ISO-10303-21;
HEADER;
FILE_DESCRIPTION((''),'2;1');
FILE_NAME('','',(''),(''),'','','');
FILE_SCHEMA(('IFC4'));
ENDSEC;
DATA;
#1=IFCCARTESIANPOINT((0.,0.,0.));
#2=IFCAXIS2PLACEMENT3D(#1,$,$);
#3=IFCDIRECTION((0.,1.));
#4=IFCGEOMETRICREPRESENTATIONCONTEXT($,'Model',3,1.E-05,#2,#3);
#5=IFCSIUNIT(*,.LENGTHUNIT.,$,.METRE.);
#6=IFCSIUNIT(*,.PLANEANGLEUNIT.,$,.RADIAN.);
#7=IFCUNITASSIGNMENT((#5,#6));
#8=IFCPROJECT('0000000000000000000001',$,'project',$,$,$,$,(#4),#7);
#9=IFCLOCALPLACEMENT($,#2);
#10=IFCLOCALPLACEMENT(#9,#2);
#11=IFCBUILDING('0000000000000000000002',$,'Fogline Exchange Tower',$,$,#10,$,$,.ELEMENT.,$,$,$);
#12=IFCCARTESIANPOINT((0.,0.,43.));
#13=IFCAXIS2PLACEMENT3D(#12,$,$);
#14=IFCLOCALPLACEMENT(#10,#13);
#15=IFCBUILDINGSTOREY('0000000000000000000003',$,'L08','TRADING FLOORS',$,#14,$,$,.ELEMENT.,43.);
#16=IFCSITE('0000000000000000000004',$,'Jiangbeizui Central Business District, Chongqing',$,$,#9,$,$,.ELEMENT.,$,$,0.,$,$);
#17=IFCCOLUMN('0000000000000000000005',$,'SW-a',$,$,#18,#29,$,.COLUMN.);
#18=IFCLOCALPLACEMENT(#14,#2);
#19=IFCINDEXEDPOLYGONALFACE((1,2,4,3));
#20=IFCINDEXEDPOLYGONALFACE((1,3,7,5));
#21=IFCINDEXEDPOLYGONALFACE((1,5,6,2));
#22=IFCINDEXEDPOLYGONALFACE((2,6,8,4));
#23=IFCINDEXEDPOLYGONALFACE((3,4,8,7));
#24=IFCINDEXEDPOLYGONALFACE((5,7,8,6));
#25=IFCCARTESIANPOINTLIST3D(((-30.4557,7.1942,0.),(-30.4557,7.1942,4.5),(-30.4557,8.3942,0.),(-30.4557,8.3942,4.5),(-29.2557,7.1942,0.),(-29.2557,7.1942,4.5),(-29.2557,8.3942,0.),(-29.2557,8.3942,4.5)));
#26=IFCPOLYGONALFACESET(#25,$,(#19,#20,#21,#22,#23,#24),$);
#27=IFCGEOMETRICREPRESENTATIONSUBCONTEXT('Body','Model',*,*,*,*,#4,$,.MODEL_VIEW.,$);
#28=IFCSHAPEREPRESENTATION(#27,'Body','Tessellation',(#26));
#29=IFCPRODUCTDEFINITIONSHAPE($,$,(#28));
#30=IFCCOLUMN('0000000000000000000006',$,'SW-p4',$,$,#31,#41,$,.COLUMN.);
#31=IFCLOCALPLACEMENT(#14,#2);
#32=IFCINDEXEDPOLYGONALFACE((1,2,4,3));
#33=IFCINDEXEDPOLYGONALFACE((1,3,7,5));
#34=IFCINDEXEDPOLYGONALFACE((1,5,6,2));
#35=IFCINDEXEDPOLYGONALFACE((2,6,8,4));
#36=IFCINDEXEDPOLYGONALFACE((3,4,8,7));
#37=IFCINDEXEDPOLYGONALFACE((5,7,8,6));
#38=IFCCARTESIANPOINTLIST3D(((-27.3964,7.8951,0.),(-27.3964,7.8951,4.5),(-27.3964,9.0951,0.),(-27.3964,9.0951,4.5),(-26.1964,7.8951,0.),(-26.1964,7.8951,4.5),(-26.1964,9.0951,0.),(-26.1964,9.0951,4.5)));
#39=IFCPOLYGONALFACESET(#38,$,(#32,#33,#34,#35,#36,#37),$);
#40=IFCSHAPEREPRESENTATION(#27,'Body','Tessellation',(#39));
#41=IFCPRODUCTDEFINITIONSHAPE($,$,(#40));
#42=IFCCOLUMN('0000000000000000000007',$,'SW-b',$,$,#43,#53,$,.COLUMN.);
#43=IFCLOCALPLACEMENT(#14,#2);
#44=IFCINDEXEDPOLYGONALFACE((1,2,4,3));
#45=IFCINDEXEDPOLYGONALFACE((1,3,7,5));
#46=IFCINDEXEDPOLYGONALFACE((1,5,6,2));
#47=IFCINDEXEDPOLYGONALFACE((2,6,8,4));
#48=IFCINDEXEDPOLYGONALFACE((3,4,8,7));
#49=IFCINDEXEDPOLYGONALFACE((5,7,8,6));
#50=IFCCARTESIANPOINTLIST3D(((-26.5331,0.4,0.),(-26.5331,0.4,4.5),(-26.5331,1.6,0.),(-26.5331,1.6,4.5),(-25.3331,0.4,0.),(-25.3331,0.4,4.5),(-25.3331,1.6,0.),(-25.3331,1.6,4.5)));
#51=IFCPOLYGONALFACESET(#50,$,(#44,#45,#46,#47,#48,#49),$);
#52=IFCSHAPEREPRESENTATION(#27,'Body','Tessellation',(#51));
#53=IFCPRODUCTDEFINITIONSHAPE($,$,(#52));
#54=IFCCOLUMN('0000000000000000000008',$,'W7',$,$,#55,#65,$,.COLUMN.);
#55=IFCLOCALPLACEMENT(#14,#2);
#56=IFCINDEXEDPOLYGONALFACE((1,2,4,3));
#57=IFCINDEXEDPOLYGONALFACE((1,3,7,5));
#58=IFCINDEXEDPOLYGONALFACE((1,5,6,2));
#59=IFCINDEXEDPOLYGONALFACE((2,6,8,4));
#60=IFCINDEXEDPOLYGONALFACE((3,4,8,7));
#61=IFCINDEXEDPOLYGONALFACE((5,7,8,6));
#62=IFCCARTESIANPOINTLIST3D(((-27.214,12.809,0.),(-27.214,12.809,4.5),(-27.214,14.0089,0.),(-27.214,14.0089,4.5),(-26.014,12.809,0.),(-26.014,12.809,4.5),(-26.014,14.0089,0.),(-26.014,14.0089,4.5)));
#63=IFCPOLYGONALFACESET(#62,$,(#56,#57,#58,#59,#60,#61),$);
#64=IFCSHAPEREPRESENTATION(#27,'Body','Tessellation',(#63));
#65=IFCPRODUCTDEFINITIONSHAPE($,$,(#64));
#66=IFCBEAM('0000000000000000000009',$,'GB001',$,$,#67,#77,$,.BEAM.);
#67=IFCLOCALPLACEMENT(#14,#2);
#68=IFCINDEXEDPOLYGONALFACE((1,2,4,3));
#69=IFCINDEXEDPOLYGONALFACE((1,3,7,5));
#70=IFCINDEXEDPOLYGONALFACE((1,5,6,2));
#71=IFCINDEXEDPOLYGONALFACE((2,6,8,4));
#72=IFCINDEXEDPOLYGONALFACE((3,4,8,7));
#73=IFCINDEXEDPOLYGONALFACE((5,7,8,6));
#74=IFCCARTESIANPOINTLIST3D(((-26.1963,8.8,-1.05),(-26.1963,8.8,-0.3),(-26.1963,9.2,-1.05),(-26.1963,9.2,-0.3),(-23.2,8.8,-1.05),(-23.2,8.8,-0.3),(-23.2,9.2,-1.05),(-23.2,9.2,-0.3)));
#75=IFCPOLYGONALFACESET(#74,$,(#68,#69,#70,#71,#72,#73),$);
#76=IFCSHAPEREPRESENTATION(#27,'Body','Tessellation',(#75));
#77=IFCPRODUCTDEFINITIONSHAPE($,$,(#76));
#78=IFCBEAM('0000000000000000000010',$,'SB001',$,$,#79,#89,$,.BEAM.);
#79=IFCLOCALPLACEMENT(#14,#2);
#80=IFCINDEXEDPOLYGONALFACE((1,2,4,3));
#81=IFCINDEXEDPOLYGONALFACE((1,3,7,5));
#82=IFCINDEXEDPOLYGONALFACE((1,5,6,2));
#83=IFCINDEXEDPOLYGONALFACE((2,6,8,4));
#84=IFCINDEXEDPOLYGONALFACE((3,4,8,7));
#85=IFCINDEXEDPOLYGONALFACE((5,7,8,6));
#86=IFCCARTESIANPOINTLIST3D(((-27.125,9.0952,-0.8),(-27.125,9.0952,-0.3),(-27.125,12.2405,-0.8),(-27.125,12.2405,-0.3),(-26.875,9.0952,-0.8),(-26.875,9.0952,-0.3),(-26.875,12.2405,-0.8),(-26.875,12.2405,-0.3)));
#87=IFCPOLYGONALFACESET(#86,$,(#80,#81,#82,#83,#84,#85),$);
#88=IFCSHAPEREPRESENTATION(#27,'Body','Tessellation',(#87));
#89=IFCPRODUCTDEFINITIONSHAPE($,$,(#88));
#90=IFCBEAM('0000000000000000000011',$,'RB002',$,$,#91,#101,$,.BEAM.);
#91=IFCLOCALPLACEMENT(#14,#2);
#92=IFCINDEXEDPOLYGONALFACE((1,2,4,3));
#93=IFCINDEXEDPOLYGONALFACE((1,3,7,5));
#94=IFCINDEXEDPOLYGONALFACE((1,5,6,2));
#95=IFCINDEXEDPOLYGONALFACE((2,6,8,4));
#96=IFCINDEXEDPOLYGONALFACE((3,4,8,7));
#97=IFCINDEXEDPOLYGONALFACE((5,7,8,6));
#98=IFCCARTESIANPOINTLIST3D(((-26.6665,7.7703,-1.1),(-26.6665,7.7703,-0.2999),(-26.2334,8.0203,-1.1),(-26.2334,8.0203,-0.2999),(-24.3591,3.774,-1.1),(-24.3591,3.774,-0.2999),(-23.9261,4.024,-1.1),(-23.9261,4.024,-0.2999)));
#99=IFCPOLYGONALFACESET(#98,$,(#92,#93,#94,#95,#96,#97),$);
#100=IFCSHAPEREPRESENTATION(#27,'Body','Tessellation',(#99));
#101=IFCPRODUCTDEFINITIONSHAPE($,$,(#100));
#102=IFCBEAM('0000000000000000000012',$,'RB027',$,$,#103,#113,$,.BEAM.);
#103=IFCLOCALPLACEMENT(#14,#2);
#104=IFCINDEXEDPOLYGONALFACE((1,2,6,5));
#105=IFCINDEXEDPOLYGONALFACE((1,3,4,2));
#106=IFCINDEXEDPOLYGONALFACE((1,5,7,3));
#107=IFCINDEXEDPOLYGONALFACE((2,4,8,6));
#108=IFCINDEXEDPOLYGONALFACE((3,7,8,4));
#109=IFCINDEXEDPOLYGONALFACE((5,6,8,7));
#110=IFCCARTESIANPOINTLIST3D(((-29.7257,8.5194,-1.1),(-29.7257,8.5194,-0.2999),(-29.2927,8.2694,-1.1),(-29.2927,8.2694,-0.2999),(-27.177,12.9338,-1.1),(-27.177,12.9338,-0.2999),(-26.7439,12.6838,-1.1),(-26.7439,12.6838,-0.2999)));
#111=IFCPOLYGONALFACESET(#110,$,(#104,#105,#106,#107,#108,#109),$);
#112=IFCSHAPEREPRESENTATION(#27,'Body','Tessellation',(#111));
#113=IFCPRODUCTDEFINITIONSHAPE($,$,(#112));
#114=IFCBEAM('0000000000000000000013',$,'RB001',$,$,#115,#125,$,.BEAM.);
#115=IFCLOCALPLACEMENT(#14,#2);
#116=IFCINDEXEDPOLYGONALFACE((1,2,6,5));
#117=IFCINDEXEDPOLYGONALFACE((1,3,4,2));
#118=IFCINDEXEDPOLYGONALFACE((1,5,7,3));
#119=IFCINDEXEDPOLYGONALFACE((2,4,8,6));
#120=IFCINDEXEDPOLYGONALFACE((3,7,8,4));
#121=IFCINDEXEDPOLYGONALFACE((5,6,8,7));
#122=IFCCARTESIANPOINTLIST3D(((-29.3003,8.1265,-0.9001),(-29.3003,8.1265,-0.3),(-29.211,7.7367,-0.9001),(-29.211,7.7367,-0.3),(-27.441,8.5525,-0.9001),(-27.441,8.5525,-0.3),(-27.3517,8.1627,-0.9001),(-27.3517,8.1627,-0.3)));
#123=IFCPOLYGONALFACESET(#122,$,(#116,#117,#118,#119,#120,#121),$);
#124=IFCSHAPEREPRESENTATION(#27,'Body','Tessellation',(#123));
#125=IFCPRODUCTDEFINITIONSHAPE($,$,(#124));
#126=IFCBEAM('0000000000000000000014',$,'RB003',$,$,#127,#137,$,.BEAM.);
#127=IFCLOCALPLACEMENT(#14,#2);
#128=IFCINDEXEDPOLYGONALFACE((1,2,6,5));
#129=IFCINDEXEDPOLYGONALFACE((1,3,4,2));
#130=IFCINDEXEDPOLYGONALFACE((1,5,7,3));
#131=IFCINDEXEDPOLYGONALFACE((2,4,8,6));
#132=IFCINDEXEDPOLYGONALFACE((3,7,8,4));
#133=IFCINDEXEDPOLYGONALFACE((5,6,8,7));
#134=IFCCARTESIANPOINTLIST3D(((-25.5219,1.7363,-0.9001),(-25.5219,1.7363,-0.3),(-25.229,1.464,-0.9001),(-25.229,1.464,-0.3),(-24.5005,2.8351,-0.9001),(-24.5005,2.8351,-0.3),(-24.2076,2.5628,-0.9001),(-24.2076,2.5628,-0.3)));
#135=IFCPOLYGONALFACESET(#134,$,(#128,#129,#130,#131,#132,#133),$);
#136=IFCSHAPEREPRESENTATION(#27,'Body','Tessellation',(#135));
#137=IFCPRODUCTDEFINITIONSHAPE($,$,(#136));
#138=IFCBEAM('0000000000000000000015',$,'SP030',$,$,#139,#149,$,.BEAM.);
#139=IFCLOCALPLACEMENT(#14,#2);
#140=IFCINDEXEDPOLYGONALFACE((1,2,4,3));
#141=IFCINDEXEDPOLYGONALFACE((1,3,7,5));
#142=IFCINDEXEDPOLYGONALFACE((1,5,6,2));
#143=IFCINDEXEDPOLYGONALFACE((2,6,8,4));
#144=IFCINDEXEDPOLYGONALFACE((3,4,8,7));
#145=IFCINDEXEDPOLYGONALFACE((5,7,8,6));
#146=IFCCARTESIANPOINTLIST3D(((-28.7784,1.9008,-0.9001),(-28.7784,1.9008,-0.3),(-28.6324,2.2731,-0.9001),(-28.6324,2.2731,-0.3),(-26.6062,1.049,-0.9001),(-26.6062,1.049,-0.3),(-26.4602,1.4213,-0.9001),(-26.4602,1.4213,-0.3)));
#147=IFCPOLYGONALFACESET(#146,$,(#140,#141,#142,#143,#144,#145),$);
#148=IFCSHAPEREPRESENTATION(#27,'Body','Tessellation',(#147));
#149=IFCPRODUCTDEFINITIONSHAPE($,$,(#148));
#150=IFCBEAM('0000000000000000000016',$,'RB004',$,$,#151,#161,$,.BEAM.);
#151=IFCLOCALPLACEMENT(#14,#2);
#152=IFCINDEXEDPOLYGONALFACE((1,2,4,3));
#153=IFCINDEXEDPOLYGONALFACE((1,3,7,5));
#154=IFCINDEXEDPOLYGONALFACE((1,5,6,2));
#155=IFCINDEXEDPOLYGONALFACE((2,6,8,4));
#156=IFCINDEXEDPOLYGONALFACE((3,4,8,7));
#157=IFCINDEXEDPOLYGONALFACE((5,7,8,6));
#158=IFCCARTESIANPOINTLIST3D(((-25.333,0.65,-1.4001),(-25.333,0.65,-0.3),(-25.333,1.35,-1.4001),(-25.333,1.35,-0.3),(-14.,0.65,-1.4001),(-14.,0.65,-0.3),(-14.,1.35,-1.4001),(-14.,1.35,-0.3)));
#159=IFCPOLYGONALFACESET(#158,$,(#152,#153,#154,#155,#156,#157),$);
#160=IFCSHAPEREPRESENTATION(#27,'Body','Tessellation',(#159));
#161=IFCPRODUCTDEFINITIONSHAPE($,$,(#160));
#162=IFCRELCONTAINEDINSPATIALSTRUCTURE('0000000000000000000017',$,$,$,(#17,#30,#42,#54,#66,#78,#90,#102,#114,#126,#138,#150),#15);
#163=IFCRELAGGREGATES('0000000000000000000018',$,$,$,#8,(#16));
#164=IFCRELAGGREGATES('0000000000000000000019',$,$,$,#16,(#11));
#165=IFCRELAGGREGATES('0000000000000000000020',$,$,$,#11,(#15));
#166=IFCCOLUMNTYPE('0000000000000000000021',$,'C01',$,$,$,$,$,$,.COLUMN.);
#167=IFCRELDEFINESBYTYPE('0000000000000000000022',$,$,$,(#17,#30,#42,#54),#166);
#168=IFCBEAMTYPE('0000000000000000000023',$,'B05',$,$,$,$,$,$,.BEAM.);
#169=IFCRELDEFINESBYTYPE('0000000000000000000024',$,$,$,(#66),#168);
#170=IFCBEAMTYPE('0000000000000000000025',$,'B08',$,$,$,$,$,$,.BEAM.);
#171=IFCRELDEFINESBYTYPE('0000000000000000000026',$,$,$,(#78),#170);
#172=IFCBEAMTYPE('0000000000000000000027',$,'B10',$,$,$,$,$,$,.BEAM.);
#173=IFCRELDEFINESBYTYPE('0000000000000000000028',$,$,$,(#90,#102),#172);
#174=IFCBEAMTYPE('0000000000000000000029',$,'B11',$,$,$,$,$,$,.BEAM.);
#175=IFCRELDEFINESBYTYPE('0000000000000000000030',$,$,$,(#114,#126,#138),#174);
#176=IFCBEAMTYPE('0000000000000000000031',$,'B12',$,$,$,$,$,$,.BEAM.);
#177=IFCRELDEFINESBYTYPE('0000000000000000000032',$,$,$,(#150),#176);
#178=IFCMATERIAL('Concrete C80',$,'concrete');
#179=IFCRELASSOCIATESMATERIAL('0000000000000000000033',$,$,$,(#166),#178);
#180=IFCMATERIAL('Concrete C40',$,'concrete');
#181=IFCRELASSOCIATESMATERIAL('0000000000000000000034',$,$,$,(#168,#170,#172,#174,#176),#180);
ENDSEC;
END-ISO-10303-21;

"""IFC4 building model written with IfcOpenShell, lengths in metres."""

from ifc_helpers import new_model, si_unit, direction, frame, origin, origin_2d, place, context, subcontext, project, spatial, rectangle, extrude, material, material_profile, profile_set, type_object, element, save


model = new_model("IFC4")

# Units and contexts
model_context = context("Model", 3, precision=1e-05, world=origin(), true_north=direction((0.0, 1.0)))
body_context = subcontext(model_context, "Body", "Model", "MODEL_VIEW")
ifc_project = project(units=[si_unit("LENGTHUNIT", "METRE"), si_unit("PLANEANGLEUNIT", "RADIAN")], contexts=[model_context])

# Site, building, storey
site_placement = place(None, origin())
site = spatial("IfcSite", under=ifc_project, at=site_placement, Name="Jiangbeizui Central Business District, Chongqing", CompositionType="ELEMENT", RefElevation=0.0)
building_placement = place(site_placement, origin())
building = spatial("IfcBuilding", under=site, at=building_placement, Name="Fogline Exchange Tower", CompositionType="ELEMENT")
storey_placement = place(building_placement, frame((0.0, 0.0, 43.0)))
storey = spatial("IfcBuildingStorey", under=building, at=storey_placement, Name="L08", Description="TRADING FLOORS", CompositionType="ELEMENT", Elevation=43.0)

# Columns
ifc_material_1 = material(Name="Concrete C80", Category="concrete")
ifc_material_profile_1 = material_profile(ifc_material_1, rectangle(XDim=1.2, YDim=1.2, at=origin_2d()), Name="RC 1200x1200")
ifc_profile_set_1 = profile_set([ifc_material_profile_1], Name="Concrete C80")
column_type = type_object("IfcColumnType", Name="C01", PredefinedType="COLUMN", material=ifc_profile_set_1)
for number, where, z_axis, x_axis, name in (
    (1, (-29.8557, 7.7942, 0.0), (0.0, 0.0, 1.0), (1.0, 0.0, 0.0), "SW-a"),
    (2, (-26.7964, 8.4951, 0.0), (0.0, 0.0, 1.0), (1.0, 0.0, 0.0), "SW-p4"),
    (3, (-25.9331, 1.0, 0.0), (0.0, 0.0, 1.0), (1.0, 0.0, 0.0), "SW-b"),
    (4, (-26.614, 13.4089, 0.0), (0.0, 0.0, 1.0), (1.0, 0.0, 0.0), "W7"),
):
    element("IfcColumn", number, at=place(storey_placement, frame(where, z_axis=z_axis, x_axis=x_axis)), inside=storey, type_object=column_type, Name=name, PredefinedType="COLUMN", context=body_context, shape_type="SweptSolid", body=[
        extrude(rectangle(XDim=1.2, YDim=1.2, at=origin_2d()), origin(), (0.0, 0.0, 1.0), 4.5),
    ])

# Beams
ifc_material_2 = material(Name="Concrete C40", Category="concrete")
ifc_material_profile_2 = material_profile(ifc_material_2, rectangle(XDim=0.3999, YDim=0.75, at=origin_2d()), Name="RC 400x750")
ifc_profile_set_2 = profile_set([ifc_material_profile_2], Name="Concrete C40")
beam_type_1 = type_object("IfcBeamType", Name="B05", PredefinedType="BEAM", material=ifc_profile_set_2)
beam_1_placement = place(storey_placement, frame((-26.1963, 9.0, -0.675), z_axis=(1.0, 0.0, 0.0), x_axis=(0.0, 1.0, 0.0)))
element("IfcBeam", 5, at=beam_1_placement, inside=storey, type_object=beam_type_1, Name="GB001", PredefinedType="BEAM", context=body_context, shape_type="SweptSolid", body=[
    extrude(rectangle(XDim=0.3999, YDim=0.75, at=origin_2d()), origin(), (0.0, 0.0, 1.0), 2.9963),
])
ifc_material_profile_3 = material_profile(ifc_material_2, rectangle(XDim=0.25, YDim=0.5, at=origin_2d()), Name="RC 250x500")
ifc_profile_set_3 = profile_set([ifc_material_profile_3], Name="Concrete C40")
beam_type_2 = type_object("IfcBeamType", Name="B08", PredefinedType="BEAM", material=ifc_profile_set_3)
beam_2_placement = place(storey_placement, frame((-27.0, 9.0952, -0.55), z_axis=(0.0, 1.0, 0.0), x_axis=(-1.0, 0.0, 0.0)))
element("IfcBeam", 6, at=beam_2_placement, inside=storey, type_object=beam_type_2, Name="SB001", PredefinedType="BEAM", context=body_context, shape_type="SweptSolid", body=[
    extrude(rectangle(XDim=0.25, YDim=0.5, at=origin_2d()), origin(), (0.0, 0.0, 1.0), 3.1453),
])
ifc_material_profile_4 = material_profile(ifc_material_2, rectangle(XDim=0.5, YDim=0.8, at=origin_2d()), Name="RC 500x800")
ifc_profile_set_4 = profile_set([ifc_material_profile_4], Name="Concrete C40")
beam_type_3 = type_object("IfcBeamType", Name="B10", PredefinedType="BEAM", material=ifc_profile_set_4)
beam_3_placement = place(storey_placement, frame((-26.45, 7.8953, -0.7), z_axis=(0.500014, -0.866017, 0.0), x_axis=(0.866017, 0.500014, 0.0)))
element("IfcBeam", 7, at=beam_3_placement, inside=storey, type_object=beam_type_3, Name="RB002", PredefinedType="BEAM", context=body_context, shape_type="SweptSolid", body=[
    extrude(rectangle(XDim=0.5, YDim=0.8, at=origin_2d()), origin(), (0.0, 0.0, 1.0), 4.6145),
])
beam_4_placement = place(storey_placement, frame((-26.9604, 12.8088, -0.7), z_axis=(-0.500013, -0.866018, 0.0), x_axis=(0.866018, -0.500013, 0.0)))
element("IfcBeam", 8, at=beam_4_placement, inside=storey, type_object=beam_type_3, Name="RB027", PredefinedType="BEAM", context=body_context, shape_type="SweptSolid", body=[
    extrude(rectangle(XDim=0.5, YDim=0.8, at=origin_2d()), origin(), (0.0, 0.0, 1.0), 5.0974),
])
ifc_material_profile_5 = material_profile(ifc_material_2, rectangle(XDim=0.3999, YDim=0.6001, at=origin_2d()), Name="RC 400x600")
ifc_profile_set_5 = profile_set([ifc_material_profile_5], Name="Concrete C40")
beam_type_4 = type_object("IfcBeamType", Name="B11", PredefinedType="BEAM", material=ifc_profile_set_5)
beam_5_placement = place(storey_placement, frame((-29.2556, 7.9316, -0.6001), z_axis=(0.974742, 0.223336, 0.0), x_axis=(-0.223336, 0.974742, 0.0)))
element("IfcBeam", 9, at=beam_5_placement, inside=storey, type_object=beam_type_4, Name="RB001", PredefinedType="BEAM", context=body_context, shape_type="SweptSolid", body=[
    extrude(rectangle(XDim=0.3999, YDim=0.6001, at=origin_2d()), origin(), (0.0, 0.0, 1.0), 1.9075),
])
beam_6_placement = place(storey_placement, frame((-24.354, 2.699, -0.6001), z_axis=(-0.680844, -0.732428, 0.0), x_axis=(0.732428, -0.680844, 0.0)))
element("IfcBeam", 10, at=beam_6_placement, inside=storey, type_object=beam_type_4, Name="RB003", PredefinedType="BEAM", context=body_context, shape_type="SweptSolid", body=[
    extrude(rectangle(XDim=0.3999, YDim=0.6001, at=origin_2d()), origin(), (0.0, 0.0, 1.0), 1.5002),
])
beam_7_placement = place(storey_placement, frame((-26.5332, 1.2351, -0.6001), z_axis=(-0.930974, 0.365086, 0.0), x_axis=(-0.365086, -0.930974, 0.0)))
element("IfcBeam", 11, at=beam_7_placement, inside=storey, type_object=beam_type_4, Name="SP030", PredefinedType="BEAM", context=body_context, shape_type="SweptSolid", body=[
    extrude(rectangle(XDim=0.3999, YDim=0.6001, at=origin_2d()), origin(), (0.0, 0.0, 1.0), 2.3333),
])
ifc_material_profile_6 = material_profile(ifc_material_2, rectangle(XDim=0.7, YDim=1.1001, at=origin_2d()), Name="RC 700x1100")
ifc_profile_set_6 = profile_set([ifc_material_profile_6], Name="Concrete C40")
beam_type_5 = type_object("IfcBeamType", Name="B12", PredefinedType="BEAM", material=ifc_profile_set_6)
beam_8_placement = place(storey_placement, frame((-25.333, 1.0, -0.8501), z_axis=(1.0, 0.0, 0.0), x_axis=(0.0, 1.0, 0.0)))
element("IfcBeam", 12, at=beam_8_placement, inside=storey, type_object=beam_type_5, Name="RB004", PredefinedType="BEAM", context=body_context, shape_type="SweptSolid", body=[
    extrude(rectangle(XDim=0.7, YDim=1.1001, at=origin_2d()), origin(), (0.0, 0.0, 1.0), 11.333),
])

save(model, "model.ifc")
